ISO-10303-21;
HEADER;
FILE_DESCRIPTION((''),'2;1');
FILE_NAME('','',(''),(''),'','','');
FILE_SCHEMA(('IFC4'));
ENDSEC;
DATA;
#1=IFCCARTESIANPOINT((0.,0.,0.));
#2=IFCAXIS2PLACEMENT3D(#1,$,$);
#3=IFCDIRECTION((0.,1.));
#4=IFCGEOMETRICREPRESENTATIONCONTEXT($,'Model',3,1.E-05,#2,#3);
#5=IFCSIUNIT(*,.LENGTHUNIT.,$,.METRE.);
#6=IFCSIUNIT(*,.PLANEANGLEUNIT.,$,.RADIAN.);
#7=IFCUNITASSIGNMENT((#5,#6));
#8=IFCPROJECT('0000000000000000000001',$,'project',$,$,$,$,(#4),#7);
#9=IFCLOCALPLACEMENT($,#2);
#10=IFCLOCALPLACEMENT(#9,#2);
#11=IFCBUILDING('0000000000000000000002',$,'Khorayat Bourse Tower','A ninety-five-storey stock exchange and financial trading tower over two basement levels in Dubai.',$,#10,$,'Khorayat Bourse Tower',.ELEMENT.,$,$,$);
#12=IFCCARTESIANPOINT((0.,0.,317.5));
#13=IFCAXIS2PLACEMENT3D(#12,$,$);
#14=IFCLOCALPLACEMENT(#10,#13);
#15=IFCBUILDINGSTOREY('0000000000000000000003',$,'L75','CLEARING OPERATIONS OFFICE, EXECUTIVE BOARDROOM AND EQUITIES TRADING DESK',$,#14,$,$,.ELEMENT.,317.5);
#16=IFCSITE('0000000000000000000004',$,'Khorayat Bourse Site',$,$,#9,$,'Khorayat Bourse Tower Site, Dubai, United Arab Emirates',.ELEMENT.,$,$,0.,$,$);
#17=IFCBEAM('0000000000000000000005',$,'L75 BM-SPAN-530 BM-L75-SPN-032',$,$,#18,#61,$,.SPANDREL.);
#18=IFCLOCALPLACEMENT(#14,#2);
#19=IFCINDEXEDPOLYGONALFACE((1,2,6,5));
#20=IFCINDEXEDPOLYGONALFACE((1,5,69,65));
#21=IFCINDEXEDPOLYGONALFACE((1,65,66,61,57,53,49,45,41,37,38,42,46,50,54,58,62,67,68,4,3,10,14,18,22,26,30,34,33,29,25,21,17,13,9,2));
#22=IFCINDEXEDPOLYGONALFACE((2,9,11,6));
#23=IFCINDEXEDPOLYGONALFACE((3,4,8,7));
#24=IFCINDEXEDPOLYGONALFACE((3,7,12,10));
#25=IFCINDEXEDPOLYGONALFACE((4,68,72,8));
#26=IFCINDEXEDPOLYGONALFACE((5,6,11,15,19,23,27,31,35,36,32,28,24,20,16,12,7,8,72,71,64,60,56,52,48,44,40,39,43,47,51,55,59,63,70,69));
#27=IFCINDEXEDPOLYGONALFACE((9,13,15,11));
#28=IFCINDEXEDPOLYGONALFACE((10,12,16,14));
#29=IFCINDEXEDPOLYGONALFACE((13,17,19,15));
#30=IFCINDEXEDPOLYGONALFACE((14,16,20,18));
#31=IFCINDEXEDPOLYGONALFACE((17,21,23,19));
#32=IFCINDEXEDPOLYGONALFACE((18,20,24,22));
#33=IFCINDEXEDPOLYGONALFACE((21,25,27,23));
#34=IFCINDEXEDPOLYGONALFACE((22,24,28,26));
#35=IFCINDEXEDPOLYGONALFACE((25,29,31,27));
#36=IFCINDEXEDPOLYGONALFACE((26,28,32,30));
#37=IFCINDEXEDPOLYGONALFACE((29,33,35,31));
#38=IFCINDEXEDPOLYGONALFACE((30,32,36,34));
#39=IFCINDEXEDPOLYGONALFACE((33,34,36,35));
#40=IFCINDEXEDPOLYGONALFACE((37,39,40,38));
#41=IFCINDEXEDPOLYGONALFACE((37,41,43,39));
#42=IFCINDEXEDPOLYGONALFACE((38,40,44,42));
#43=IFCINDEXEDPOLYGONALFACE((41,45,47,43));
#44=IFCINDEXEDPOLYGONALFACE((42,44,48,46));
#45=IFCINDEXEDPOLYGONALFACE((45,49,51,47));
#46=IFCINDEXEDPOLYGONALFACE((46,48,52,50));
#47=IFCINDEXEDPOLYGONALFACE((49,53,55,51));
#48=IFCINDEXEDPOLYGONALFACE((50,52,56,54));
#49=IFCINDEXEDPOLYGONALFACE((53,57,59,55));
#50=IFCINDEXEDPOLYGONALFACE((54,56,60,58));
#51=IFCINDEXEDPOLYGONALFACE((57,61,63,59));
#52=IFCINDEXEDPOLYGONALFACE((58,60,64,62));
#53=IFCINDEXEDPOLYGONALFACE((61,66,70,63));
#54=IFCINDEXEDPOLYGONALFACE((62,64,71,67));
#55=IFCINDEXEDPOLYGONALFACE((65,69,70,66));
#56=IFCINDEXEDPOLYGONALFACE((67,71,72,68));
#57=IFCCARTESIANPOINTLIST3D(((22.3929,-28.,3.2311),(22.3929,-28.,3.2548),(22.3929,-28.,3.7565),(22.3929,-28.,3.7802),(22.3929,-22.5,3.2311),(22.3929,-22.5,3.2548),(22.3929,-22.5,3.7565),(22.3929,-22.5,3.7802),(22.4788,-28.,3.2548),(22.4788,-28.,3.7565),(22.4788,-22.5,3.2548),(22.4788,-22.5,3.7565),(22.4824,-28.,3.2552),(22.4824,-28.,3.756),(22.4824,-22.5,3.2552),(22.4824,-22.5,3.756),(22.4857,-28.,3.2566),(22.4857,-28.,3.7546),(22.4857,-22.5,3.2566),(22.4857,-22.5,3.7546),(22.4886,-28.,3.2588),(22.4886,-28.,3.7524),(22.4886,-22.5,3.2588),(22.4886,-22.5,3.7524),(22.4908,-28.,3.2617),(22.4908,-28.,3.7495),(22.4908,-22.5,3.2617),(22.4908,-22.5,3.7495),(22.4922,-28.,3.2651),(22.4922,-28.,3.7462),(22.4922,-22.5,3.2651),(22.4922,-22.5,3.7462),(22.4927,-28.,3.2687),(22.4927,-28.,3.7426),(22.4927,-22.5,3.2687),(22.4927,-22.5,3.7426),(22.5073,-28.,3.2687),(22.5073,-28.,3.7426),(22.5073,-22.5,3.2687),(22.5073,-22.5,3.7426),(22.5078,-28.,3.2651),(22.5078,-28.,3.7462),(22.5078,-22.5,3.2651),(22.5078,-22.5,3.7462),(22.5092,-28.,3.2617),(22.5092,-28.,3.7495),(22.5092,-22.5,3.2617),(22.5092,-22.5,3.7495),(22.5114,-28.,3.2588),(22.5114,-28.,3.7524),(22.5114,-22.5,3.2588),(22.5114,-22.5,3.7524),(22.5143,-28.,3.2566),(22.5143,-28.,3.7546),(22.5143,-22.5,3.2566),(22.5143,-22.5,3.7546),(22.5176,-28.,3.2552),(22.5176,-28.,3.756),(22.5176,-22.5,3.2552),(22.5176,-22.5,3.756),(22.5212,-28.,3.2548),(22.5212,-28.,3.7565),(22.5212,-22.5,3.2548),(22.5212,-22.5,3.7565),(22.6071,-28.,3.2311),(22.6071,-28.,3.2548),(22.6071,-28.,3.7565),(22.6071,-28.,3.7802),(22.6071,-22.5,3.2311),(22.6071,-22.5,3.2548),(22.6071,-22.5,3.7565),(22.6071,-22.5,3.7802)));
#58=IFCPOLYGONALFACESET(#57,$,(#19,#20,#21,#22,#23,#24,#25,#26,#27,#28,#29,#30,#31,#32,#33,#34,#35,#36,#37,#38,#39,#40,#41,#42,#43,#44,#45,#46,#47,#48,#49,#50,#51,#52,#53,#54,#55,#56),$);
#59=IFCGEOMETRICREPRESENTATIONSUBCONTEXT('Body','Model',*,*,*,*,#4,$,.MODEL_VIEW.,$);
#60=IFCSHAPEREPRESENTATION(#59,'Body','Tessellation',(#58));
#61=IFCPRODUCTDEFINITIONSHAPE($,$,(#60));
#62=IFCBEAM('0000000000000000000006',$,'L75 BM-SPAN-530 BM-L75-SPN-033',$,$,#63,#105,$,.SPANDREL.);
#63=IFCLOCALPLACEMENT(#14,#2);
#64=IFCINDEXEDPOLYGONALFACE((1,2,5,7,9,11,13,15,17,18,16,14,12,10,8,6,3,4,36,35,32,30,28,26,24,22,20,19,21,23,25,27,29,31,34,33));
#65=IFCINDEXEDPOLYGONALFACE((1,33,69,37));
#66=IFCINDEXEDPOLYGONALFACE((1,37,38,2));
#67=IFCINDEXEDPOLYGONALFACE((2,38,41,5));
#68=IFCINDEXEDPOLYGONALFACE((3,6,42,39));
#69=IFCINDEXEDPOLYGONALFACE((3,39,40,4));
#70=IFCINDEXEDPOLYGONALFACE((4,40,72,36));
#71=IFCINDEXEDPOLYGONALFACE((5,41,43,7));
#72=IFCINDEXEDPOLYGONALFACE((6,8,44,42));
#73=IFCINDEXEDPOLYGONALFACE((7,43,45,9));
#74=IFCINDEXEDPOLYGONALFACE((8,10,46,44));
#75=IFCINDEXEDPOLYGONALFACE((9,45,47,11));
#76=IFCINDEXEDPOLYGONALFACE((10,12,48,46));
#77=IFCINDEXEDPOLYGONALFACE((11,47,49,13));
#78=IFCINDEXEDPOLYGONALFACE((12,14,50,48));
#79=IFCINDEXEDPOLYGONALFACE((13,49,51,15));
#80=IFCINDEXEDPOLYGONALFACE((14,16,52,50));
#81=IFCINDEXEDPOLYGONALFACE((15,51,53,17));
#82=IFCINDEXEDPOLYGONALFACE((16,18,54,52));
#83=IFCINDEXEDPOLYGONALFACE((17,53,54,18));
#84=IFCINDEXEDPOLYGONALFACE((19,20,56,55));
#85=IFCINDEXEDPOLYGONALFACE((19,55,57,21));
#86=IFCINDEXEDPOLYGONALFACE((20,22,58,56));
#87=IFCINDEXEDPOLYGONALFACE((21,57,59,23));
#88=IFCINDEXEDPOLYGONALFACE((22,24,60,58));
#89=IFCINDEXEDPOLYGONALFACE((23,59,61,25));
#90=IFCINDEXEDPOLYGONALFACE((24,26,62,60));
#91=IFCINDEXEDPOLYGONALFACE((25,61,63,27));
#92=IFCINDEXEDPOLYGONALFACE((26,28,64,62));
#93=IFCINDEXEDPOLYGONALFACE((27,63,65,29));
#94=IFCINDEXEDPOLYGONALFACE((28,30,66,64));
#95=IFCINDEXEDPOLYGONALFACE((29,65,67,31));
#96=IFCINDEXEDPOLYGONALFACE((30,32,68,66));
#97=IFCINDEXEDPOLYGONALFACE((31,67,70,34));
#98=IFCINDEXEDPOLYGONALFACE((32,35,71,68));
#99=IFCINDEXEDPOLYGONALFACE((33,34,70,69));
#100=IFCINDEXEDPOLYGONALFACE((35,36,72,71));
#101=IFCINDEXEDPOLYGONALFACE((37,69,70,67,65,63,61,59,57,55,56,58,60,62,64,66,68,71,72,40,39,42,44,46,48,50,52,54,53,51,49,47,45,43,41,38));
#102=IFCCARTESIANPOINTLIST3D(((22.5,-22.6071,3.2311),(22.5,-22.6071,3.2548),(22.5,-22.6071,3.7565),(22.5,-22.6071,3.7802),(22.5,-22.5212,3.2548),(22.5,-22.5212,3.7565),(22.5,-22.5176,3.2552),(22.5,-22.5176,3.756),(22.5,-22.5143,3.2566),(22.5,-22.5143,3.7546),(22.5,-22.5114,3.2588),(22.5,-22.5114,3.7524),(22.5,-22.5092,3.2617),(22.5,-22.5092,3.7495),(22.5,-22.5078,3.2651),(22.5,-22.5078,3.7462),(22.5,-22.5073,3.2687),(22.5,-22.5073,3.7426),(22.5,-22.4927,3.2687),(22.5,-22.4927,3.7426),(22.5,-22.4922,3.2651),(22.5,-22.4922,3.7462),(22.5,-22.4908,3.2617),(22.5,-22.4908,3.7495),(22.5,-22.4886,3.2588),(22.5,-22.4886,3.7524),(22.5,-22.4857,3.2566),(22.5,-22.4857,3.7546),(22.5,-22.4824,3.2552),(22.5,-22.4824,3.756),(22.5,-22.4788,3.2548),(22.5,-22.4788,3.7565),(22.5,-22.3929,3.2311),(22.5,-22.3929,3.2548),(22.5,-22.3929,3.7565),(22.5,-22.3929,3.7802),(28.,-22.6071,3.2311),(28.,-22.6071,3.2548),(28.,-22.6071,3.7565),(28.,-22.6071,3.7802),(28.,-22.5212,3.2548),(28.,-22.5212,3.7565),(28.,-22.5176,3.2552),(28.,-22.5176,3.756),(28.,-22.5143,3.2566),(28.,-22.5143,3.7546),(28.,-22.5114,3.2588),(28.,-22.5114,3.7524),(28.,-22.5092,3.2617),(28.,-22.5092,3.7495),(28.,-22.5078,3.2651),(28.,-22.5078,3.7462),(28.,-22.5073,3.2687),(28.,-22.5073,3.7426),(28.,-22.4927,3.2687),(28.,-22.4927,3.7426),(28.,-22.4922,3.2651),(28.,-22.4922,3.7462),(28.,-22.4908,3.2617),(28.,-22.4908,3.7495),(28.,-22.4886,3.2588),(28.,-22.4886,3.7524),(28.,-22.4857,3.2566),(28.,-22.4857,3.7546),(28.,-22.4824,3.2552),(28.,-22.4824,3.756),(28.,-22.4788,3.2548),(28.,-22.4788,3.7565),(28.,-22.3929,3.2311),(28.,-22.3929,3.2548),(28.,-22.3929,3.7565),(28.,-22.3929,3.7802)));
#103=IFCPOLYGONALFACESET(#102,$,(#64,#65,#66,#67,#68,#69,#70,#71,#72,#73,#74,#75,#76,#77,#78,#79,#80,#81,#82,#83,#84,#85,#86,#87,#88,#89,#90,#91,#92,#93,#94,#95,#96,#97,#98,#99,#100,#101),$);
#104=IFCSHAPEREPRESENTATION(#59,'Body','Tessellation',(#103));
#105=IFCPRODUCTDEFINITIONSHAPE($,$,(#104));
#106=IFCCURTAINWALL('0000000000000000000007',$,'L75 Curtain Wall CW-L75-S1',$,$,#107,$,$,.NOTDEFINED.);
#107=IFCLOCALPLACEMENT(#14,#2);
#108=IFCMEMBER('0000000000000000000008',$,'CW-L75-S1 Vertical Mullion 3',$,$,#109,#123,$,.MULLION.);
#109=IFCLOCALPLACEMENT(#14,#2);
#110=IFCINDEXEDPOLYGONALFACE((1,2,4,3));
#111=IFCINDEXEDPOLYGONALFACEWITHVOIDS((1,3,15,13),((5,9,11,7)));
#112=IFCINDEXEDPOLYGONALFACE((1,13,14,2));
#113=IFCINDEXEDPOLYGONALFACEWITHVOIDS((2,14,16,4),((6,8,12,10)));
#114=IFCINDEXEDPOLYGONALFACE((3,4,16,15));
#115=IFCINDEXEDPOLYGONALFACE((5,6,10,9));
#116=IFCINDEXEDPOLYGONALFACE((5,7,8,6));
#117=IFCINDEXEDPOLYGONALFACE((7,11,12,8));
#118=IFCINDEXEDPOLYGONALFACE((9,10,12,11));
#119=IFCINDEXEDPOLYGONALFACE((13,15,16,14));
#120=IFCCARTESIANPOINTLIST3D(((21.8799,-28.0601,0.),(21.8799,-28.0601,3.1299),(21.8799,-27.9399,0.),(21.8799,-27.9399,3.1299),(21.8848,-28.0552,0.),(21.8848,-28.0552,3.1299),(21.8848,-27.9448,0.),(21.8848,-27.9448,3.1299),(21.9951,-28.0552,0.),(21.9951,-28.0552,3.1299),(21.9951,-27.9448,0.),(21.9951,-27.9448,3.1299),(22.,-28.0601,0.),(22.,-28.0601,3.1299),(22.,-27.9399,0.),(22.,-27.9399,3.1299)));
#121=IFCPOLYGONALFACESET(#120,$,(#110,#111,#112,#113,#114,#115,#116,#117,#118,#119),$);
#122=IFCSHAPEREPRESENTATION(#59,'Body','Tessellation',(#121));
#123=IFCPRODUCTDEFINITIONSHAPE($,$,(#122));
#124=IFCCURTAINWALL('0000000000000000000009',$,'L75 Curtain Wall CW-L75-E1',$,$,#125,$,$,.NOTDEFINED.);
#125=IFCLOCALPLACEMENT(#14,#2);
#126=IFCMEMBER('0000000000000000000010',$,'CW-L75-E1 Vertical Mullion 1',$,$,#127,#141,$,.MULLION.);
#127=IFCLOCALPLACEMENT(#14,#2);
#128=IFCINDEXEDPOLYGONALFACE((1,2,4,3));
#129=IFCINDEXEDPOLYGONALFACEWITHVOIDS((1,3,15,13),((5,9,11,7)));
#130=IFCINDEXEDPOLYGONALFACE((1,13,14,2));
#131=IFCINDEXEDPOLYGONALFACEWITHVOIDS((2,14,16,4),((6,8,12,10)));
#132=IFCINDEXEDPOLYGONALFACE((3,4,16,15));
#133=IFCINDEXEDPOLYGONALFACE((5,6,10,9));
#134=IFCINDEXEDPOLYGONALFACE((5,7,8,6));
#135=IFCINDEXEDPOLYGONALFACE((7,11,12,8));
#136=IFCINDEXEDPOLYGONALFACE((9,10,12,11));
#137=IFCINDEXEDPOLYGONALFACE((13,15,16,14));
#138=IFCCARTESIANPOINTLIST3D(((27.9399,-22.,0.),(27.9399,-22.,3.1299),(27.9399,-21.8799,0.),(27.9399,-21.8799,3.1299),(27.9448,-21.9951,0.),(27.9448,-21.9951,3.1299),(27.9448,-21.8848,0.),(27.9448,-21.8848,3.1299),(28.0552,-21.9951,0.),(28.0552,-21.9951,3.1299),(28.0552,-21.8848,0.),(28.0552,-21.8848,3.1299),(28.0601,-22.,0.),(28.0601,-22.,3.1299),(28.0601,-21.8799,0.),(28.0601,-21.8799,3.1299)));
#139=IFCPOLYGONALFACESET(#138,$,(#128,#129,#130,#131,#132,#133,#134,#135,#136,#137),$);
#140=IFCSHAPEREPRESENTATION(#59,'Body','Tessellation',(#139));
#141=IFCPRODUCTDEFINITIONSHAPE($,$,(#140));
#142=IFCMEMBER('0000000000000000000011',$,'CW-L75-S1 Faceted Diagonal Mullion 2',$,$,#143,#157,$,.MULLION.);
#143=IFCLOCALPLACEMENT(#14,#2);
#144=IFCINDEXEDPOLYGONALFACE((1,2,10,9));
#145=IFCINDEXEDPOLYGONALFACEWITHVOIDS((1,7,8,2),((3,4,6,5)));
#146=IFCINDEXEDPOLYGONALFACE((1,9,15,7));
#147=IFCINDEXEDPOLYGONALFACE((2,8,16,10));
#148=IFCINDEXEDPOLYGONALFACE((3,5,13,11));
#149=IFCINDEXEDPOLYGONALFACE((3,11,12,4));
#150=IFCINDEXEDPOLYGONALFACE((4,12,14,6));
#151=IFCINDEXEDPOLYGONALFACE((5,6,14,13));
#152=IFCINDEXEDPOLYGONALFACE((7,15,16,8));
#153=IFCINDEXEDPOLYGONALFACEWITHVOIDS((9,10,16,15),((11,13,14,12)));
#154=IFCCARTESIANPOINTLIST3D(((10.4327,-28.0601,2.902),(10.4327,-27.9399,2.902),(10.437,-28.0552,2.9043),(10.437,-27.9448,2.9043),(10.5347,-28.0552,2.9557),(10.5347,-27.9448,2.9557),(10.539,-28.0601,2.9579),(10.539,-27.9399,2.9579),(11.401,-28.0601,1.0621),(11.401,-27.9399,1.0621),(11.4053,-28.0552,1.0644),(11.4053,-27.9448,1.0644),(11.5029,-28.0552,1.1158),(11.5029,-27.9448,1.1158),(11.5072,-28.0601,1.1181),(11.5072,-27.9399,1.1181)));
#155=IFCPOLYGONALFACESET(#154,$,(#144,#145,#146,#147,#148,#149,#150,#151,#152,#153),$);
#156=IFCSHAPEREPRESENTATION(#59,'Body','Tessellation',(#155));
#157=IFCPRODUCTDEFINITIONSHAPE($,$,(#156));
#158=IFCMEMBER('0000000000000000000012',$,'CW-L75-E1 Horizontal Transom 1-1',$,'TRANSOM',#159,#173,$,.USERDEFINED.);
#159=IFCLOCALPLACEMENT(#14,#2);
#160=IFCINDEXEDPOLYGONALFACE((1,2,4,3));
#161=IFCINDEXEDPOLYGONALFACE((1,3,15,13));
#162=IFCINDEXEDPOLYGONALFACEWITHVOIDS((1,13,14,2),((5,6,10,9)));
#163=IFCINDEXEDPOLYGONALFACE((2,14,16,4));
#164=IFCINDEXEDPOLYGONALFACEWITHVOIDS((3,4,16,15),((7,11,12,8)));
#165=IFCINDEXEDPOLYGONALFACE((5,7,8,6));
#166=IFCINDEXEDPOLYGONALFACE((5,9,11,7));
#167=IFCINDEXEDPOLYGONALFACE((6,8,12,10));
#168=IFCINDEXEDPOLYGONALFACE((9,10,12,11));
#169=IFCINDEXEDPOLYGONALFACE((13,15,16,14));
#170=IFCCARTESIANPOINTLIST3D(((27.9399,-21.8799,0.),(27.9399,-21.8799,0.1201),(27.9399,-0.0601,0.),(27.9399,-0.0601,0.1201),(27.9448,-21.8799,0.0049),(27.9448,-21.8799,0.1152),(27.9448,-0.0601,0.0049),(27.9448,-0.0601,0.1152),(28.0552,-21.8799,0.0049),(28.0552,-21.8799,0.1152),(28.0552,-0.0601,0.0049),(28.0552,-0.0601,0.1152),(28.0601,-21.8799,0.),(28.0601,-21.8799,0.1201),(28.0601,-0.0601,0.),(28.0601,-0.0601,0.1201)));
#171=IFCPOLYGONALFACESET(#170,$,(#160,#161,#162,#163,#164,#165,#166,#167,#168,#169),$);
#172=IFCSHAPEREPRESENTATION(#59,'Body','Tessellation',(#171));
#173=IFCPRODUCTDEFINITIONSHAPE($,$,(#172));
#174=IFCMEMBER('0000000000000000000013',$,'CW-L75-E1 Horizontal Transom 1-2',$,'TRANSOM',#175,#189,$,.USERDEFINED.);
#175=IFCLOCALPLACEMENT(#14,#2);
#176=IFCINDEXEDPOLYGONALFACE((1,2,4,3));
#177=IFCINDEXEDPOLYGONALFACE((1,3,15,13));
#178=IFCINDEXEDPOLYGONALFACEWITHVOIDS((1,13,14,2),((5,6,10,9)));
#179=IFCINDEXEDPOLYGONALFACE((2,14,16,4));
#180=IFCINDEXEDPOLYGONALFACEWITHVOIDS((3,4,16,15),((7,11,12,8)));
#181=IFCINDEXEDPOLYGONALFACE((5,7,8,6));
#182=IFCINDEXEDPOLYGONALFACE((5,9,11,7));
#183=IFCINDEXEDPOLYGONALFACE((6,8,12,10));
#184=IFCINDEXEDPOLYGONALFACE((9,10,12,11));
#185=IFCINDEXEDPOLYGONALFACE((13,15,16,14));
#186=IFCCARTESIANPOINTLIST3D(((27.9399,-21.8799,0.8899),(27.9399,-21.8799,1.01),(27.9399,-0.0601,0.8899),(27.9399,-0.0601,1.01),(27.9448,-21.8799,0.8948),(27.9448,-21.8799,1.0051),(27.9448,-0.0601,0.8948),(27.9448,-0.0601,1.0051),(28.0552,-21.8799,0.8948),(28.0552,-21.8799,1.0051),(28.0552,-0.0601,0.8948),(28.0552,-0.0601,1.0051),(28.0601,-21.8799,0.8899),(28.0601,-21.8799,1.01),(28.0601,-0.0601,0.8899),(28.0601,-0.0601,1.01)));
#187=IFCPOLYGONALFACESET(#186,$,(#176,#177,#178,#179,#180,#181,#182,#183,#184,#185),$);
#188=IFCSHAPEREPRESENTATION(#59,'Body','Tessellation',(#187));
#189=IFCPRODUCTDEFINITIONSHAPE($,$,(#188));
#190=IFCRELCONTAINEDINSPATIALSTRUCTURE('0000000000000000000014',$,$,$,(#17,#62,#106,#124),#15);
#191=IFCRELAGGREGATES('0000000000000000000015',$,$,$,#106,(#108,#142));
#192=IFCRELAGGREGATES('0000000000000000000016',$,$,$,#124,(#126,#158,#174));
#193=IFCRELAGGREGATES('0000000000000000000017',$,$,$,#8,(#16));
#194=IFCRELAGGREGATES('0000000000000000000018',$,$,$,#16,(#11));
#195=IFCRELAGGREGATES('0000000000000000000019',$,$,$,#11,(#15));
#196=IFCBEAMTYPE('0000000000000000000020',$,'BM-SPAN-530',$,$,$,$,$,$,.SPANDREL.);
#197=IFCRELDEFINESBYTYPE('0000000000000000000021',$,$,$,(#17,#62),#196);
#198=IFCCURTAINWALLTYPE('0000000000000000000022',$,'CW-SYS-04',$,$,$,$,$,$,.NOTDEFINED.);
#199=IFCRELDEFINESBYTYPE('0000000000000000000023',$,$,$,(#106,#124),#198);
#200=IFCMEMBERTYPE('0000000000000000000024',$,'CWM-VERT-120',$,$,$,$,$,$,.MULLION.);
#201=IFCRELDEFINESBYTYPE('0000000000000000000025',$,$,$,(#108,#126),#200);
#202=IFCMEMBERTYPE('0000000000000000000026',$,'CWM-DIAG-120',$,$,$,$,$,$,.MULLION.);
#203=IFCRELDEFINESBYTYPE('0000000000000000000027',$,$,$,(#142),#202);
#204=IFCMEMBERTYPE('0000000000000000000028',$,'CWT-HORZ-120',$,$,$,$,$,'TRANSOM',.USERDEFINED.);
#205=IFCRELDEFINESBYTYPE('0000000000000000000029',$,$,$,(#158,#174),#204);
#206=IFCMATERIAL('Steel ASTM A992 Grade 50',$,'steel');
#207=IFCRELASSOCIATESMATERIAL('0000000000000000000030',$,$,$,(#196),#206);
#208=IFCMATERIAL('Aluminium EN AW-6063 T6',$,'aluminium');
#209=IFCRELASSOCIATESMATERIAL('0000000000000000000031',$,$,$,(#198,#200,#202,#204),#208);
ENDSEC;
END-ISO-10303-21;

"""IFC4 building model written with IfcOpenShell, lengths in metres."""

from ifc_helpers import new_model, si_unit, direction, frame, origin, origin_2d, place, context, subcontext, project, spatial, hollow_rectangle, i_section, extrude, source, transform, mapped, material, material_profile, profile_set, type_object, element, aggregate, save


model = new_model("IFC4")

# Units and contexts
model_context = context("Model", 3, precision=1e-05, world=origin(), true_north=direction((0.0, 1.0)))
body_context = subcontext(model_context, "Body", "Model", "MODEL_VIEW")
ifc_project = project(units=[si_unit("LENGTHUNIT", "METRE"), si_unit("PLANEANGLEUNIT", "RADIAN")], contexts=[model_context])

# Site, building, storey
site_placement = place(None, origin())
site = spatial("IfcSite", under=ifc_project, at=site_placement, Name="Khorayat Bourse Site", LongName="Khorayat Bourse Tower Site, Dubai, United Arab Emirates", CompositionType="ELEMENT", RefElevation=0.0)
building_placement = place(site_placement, origin())
building = spatial("IfcBuilding", under=site, at=building_placement, Name="Khorayat Bourse Tower", Description="A ninety-five-storey stock exchange and financial trading tower over two basement levels in Dubai.", LongName="Khorayat Bourse Tower", CompositionType="ELEMENT")
storey_placement = place(building_placement, frame((0.0, 0.0, 317.5)))
storey = spatial("IfcBuildingStorey", under=building, at=storey_placement, Name="L75", Description="CLEARING OPERATIONS OFFICE, EXECUTIVE BOARDROOM AND EQUITIES TRADING DESK", CompositionType="ELEMENT", Elevation=317.5)

# Beams
ifc_material_1 = material(Name="Steel ASTM A992 Grade 50", Category="steel")
ifc_material_profile_1 = material_profile(ifc_material_1, i_section(OverallWidth=0.2141, OverallDepth=0.5491, WebThickness=0.0146, FlangeThickness=0.0237, FilletRadius=0.0139, at=origin_2d()), Name="W530X138")
ifc_profile_set_1 = profile_set([ifc_material_profile_1], Name="Steel ASTM A992 Grade 50")
beam_type_1 = type_object("IfcBeamType", Name="BM-SPAN-530", PredefinedType="SPANDREL", material=ifc_profile_set_1)
shared_shape_1 = source(origin(), body_context, "Body", "SweptSolid", [
    extrude(i_section(OverallWidth=0.2141, OverallDepth=0.5491, WebThickness=0.0146, FlangeThickness=0.0237, FilletRadius=0.0139, at=origin_2d()), origin(), (0.0, 0.0, 1.0), 5.5),
])
for number, where, z_axis, x_axis, name in (
    (1, (22.5, -28.0, 3.5056), (0.0, 1.0, 0.0), (-1.0, 0.0, 0.0), "L75 BM-SPAN-530 BM-L75-SPN-032"),
    (2, (22.5, -22.5, 3.5056), (1.0, 0.0, 0.0), (0.0, 1.0, 0.0), "L75 BM-SPAN-530 BM-L75-SPN-033"),
):
    element("IfcBeam", number, at=place(storey_placement, frame(where, z_axis=z_axis, x_axis=x_axis)), inside=storey, type_object=beam_type_1, Name=name, PredefinedType="SPANDREL", context=body_context, shape_type="MappedRepresentation", body=[
        mapped(shared_shape_1, transform((0.0, 0.0, 0.0), scale=1.0)),
    ])

# Curtain walls, members
ifc_material_2 = material(Name="Aluminium EN AW-6063 T6", Category="aluminium")
curtain_wall_type = type_object("IfcCurtainWallType", Name="CW-SYS-04", PredefinedType="NOTDEFINED", material=ifc_material_2)
curtain_wall_1_placement = place(storey_placement, origin())
curtain_wall_1 = element("IfcCurtainWall", 3, at=curtain_wall_1_placement, inside=storey, type_object=curtain_wall_type, Name="L75 Curtain Wall CW-L75-S1", PredefinedType="NOTDEFINED")
ifc_material_profile_2 = material_profile(ifc_material_2, hollow_rectangle(XDim=0.1201, YDim=0.1201, WallThickness=0.0049, at=origin_2d()), Name="ALU 120x120x5")
ifc_profile_set_2 = profile_set([ifc_material_profile_2], Name="Aluminium EN AW-6063 T6")
member_type_1 = type_object("IfcMemberType", Name="CWM-VERT-120", PredefinedType="MULLION", material=ifc_profile_set_2)
shared_shape_2 = source(origin(), body_context, "Body", "SweptSolid", [
    extrude(hollow_rectangle(XDim=0.1201, YDim=0.1201, WallThickness=0.0049, at=origin_2d()), origin(), (0.0, 0.0, 1.0), 3.1299),
])
member_1_placement = place(storey_placement, frame((21.9399, -28.0, 0.0), z_axis=(0.0, 0.0, 1.0), x_axis=(0.0, 1.0, 0.0)))
member_1 = element("IfcMember", 4, at=member_1_placement, type_object=member_type_1, Name="CW-L75-S1 Vertical Mullion 3", PredefinedType="MULLION", context=body_context, shape_type="MappedRepresentation", body=[
    mapped(shared_shape_2, transform((0.0, 0.0, 0.0), scale=1.0)),
])
curtain_wall_2_placement = place(storey_placement, origin())
curtain_wall_2 = element("IfcCurtainWall", 5, at=curtain_wall_2_placement, inside=storey, type_object=curtain_wall_type, Name="L75 Curtain Wall CW-L75-E1", PredefinedType="NOTDEFINED")
member_2_placement = place(storey_placement, frame((28.0, -21.9399, 0.0), z_axis=(0.0, 0.0, 1.0), x_axis=(-1.0, 0.0, 0.0)))
member_2 = element("IfcMember", 6, at=member_2_placement, type_object=member_type_1, Name="CW-L75-E1 Vertical Mullion 1", PredefinedType="MULLION", context=body_context, shape_type="MappedRepresentation", body=[
    mapped(shared_shape_2, transform((0.0, 0.0, 0.0), scale=1.0)),
])

# Members
ifc_material_profile_3 = material_profile(ifc_material_2, hollow_rectangle(XDim=0.1201, YDim=0.1201, WallThickness=0.0049, at=origin_2d()), Name="ALU 120x120x5")
ifc_profile_set_3 = profile_set([ifc_material_profile_3], Name="Aluminium EN AW-6063 T6")
member_type_2 = type_object("IfcMemberType", Name="CWM-DIAG-120", PredefinedType="MULLION", material=ifc_profile_set_3)
shared_shape_3 = source(origin(), body_context, "Body", "SweptSolid", [
    extrude(hollow_rectangle(XDim=0.1201, YDim=0.1201, WallThickness=0.0049, at=origin_2d()), origin(), (0.0, 0.0, 1.0), 2.0791),
])
member_3_placement = place(storey_placement, frame((11.4541, -28.0, 1.0901), z_axis=(-0.465717, 0.0, 0.884934), x_axis=(0.0, -1.0, 0.0)))
member_3 = element("IfcMember", 7, at=member_3_placement, type_object=member_type_2, Name="CW-L75-S1 Faceted Diagonal Mullion 2", PredefinedType="MULLION", context=body_context, shape_type="MappedRepresentation", body=[
    mapped(shared_shape_3, transform((0.0, 0.0, 0.0), scale=1.0)),
])
aggregate(curtain_wall_1, [member_1, member_3])
ifc_material_profile_4 = material_profile(ifc_material_2, hollow_rectangle(XDim=0.1201, YDim=0.1201, WallThickness=0.0049, at=origin_2d()), Name="ALU 120x120x5")
ifc_profile_set_4 = profile_set([ifc_material_profile_4], Name="Aluminium EN AW-6063 T6")
member_type_3 = type_object("IfcMemberType", Name="CWT-HORZ-120", ElementType="TRANSOM", PredefinedType="USERDEFINED", material=ifc_profile_set_4)
shared_shape_4 = source(origin(), body_context, "Body", "SweptSolid", [
    extrude(hollow_rectangle(XDim=0.1201, YDim=0.1201, WallThickness=0.0049, at=origin_2d()), origin(), (0.0, 0.0, 1.0), 21.8198),
])
member_4_placement = place(storey_placement, frame((28.0, -21.8799, 0.0601), z_axis=(0.0, 1.0, 0.0), x_axis=(-1.0, 0.0, 0.0)))
member_4 = element("IfcMember", 8, at=member_4_placement, type_object=member_type_3, Name="CW-L75-E1 Horizontal Transom 1-1", ObjectType="TRANSOM", PredefinedType="USERDEFINED", context=body_context, shape_type="MappedRepresentation", body=[
    mapped(shared_shape_4, transform((0.0, 0.0, 0.0), scale=1.0)),
])
member_5_placement = place(storey_placement, frame((28.0, -21.8799, 0.95), z_axis=(0.0, 1.0, 0.0), x_axis=(-1.0, 0.0, 0.0)))
member_5 = element("IfcMember", 9, at=member_5_placement, type_object=member_type_3, Name="CW-L75-E1 Horizontal Transom 1-2", ObjectType="TRANSOM", PredefinedType="USERDEFINED", context=body_context, shape_type="MappedRepresentation", body=[
    mapped(shared_shape_4, transform((0.0, 0.0, 0.0), scale=1.0)),
])
aggregate(curtain_wall_2, [member_2, member_4, member_5])

save(model, "model.ifc")
